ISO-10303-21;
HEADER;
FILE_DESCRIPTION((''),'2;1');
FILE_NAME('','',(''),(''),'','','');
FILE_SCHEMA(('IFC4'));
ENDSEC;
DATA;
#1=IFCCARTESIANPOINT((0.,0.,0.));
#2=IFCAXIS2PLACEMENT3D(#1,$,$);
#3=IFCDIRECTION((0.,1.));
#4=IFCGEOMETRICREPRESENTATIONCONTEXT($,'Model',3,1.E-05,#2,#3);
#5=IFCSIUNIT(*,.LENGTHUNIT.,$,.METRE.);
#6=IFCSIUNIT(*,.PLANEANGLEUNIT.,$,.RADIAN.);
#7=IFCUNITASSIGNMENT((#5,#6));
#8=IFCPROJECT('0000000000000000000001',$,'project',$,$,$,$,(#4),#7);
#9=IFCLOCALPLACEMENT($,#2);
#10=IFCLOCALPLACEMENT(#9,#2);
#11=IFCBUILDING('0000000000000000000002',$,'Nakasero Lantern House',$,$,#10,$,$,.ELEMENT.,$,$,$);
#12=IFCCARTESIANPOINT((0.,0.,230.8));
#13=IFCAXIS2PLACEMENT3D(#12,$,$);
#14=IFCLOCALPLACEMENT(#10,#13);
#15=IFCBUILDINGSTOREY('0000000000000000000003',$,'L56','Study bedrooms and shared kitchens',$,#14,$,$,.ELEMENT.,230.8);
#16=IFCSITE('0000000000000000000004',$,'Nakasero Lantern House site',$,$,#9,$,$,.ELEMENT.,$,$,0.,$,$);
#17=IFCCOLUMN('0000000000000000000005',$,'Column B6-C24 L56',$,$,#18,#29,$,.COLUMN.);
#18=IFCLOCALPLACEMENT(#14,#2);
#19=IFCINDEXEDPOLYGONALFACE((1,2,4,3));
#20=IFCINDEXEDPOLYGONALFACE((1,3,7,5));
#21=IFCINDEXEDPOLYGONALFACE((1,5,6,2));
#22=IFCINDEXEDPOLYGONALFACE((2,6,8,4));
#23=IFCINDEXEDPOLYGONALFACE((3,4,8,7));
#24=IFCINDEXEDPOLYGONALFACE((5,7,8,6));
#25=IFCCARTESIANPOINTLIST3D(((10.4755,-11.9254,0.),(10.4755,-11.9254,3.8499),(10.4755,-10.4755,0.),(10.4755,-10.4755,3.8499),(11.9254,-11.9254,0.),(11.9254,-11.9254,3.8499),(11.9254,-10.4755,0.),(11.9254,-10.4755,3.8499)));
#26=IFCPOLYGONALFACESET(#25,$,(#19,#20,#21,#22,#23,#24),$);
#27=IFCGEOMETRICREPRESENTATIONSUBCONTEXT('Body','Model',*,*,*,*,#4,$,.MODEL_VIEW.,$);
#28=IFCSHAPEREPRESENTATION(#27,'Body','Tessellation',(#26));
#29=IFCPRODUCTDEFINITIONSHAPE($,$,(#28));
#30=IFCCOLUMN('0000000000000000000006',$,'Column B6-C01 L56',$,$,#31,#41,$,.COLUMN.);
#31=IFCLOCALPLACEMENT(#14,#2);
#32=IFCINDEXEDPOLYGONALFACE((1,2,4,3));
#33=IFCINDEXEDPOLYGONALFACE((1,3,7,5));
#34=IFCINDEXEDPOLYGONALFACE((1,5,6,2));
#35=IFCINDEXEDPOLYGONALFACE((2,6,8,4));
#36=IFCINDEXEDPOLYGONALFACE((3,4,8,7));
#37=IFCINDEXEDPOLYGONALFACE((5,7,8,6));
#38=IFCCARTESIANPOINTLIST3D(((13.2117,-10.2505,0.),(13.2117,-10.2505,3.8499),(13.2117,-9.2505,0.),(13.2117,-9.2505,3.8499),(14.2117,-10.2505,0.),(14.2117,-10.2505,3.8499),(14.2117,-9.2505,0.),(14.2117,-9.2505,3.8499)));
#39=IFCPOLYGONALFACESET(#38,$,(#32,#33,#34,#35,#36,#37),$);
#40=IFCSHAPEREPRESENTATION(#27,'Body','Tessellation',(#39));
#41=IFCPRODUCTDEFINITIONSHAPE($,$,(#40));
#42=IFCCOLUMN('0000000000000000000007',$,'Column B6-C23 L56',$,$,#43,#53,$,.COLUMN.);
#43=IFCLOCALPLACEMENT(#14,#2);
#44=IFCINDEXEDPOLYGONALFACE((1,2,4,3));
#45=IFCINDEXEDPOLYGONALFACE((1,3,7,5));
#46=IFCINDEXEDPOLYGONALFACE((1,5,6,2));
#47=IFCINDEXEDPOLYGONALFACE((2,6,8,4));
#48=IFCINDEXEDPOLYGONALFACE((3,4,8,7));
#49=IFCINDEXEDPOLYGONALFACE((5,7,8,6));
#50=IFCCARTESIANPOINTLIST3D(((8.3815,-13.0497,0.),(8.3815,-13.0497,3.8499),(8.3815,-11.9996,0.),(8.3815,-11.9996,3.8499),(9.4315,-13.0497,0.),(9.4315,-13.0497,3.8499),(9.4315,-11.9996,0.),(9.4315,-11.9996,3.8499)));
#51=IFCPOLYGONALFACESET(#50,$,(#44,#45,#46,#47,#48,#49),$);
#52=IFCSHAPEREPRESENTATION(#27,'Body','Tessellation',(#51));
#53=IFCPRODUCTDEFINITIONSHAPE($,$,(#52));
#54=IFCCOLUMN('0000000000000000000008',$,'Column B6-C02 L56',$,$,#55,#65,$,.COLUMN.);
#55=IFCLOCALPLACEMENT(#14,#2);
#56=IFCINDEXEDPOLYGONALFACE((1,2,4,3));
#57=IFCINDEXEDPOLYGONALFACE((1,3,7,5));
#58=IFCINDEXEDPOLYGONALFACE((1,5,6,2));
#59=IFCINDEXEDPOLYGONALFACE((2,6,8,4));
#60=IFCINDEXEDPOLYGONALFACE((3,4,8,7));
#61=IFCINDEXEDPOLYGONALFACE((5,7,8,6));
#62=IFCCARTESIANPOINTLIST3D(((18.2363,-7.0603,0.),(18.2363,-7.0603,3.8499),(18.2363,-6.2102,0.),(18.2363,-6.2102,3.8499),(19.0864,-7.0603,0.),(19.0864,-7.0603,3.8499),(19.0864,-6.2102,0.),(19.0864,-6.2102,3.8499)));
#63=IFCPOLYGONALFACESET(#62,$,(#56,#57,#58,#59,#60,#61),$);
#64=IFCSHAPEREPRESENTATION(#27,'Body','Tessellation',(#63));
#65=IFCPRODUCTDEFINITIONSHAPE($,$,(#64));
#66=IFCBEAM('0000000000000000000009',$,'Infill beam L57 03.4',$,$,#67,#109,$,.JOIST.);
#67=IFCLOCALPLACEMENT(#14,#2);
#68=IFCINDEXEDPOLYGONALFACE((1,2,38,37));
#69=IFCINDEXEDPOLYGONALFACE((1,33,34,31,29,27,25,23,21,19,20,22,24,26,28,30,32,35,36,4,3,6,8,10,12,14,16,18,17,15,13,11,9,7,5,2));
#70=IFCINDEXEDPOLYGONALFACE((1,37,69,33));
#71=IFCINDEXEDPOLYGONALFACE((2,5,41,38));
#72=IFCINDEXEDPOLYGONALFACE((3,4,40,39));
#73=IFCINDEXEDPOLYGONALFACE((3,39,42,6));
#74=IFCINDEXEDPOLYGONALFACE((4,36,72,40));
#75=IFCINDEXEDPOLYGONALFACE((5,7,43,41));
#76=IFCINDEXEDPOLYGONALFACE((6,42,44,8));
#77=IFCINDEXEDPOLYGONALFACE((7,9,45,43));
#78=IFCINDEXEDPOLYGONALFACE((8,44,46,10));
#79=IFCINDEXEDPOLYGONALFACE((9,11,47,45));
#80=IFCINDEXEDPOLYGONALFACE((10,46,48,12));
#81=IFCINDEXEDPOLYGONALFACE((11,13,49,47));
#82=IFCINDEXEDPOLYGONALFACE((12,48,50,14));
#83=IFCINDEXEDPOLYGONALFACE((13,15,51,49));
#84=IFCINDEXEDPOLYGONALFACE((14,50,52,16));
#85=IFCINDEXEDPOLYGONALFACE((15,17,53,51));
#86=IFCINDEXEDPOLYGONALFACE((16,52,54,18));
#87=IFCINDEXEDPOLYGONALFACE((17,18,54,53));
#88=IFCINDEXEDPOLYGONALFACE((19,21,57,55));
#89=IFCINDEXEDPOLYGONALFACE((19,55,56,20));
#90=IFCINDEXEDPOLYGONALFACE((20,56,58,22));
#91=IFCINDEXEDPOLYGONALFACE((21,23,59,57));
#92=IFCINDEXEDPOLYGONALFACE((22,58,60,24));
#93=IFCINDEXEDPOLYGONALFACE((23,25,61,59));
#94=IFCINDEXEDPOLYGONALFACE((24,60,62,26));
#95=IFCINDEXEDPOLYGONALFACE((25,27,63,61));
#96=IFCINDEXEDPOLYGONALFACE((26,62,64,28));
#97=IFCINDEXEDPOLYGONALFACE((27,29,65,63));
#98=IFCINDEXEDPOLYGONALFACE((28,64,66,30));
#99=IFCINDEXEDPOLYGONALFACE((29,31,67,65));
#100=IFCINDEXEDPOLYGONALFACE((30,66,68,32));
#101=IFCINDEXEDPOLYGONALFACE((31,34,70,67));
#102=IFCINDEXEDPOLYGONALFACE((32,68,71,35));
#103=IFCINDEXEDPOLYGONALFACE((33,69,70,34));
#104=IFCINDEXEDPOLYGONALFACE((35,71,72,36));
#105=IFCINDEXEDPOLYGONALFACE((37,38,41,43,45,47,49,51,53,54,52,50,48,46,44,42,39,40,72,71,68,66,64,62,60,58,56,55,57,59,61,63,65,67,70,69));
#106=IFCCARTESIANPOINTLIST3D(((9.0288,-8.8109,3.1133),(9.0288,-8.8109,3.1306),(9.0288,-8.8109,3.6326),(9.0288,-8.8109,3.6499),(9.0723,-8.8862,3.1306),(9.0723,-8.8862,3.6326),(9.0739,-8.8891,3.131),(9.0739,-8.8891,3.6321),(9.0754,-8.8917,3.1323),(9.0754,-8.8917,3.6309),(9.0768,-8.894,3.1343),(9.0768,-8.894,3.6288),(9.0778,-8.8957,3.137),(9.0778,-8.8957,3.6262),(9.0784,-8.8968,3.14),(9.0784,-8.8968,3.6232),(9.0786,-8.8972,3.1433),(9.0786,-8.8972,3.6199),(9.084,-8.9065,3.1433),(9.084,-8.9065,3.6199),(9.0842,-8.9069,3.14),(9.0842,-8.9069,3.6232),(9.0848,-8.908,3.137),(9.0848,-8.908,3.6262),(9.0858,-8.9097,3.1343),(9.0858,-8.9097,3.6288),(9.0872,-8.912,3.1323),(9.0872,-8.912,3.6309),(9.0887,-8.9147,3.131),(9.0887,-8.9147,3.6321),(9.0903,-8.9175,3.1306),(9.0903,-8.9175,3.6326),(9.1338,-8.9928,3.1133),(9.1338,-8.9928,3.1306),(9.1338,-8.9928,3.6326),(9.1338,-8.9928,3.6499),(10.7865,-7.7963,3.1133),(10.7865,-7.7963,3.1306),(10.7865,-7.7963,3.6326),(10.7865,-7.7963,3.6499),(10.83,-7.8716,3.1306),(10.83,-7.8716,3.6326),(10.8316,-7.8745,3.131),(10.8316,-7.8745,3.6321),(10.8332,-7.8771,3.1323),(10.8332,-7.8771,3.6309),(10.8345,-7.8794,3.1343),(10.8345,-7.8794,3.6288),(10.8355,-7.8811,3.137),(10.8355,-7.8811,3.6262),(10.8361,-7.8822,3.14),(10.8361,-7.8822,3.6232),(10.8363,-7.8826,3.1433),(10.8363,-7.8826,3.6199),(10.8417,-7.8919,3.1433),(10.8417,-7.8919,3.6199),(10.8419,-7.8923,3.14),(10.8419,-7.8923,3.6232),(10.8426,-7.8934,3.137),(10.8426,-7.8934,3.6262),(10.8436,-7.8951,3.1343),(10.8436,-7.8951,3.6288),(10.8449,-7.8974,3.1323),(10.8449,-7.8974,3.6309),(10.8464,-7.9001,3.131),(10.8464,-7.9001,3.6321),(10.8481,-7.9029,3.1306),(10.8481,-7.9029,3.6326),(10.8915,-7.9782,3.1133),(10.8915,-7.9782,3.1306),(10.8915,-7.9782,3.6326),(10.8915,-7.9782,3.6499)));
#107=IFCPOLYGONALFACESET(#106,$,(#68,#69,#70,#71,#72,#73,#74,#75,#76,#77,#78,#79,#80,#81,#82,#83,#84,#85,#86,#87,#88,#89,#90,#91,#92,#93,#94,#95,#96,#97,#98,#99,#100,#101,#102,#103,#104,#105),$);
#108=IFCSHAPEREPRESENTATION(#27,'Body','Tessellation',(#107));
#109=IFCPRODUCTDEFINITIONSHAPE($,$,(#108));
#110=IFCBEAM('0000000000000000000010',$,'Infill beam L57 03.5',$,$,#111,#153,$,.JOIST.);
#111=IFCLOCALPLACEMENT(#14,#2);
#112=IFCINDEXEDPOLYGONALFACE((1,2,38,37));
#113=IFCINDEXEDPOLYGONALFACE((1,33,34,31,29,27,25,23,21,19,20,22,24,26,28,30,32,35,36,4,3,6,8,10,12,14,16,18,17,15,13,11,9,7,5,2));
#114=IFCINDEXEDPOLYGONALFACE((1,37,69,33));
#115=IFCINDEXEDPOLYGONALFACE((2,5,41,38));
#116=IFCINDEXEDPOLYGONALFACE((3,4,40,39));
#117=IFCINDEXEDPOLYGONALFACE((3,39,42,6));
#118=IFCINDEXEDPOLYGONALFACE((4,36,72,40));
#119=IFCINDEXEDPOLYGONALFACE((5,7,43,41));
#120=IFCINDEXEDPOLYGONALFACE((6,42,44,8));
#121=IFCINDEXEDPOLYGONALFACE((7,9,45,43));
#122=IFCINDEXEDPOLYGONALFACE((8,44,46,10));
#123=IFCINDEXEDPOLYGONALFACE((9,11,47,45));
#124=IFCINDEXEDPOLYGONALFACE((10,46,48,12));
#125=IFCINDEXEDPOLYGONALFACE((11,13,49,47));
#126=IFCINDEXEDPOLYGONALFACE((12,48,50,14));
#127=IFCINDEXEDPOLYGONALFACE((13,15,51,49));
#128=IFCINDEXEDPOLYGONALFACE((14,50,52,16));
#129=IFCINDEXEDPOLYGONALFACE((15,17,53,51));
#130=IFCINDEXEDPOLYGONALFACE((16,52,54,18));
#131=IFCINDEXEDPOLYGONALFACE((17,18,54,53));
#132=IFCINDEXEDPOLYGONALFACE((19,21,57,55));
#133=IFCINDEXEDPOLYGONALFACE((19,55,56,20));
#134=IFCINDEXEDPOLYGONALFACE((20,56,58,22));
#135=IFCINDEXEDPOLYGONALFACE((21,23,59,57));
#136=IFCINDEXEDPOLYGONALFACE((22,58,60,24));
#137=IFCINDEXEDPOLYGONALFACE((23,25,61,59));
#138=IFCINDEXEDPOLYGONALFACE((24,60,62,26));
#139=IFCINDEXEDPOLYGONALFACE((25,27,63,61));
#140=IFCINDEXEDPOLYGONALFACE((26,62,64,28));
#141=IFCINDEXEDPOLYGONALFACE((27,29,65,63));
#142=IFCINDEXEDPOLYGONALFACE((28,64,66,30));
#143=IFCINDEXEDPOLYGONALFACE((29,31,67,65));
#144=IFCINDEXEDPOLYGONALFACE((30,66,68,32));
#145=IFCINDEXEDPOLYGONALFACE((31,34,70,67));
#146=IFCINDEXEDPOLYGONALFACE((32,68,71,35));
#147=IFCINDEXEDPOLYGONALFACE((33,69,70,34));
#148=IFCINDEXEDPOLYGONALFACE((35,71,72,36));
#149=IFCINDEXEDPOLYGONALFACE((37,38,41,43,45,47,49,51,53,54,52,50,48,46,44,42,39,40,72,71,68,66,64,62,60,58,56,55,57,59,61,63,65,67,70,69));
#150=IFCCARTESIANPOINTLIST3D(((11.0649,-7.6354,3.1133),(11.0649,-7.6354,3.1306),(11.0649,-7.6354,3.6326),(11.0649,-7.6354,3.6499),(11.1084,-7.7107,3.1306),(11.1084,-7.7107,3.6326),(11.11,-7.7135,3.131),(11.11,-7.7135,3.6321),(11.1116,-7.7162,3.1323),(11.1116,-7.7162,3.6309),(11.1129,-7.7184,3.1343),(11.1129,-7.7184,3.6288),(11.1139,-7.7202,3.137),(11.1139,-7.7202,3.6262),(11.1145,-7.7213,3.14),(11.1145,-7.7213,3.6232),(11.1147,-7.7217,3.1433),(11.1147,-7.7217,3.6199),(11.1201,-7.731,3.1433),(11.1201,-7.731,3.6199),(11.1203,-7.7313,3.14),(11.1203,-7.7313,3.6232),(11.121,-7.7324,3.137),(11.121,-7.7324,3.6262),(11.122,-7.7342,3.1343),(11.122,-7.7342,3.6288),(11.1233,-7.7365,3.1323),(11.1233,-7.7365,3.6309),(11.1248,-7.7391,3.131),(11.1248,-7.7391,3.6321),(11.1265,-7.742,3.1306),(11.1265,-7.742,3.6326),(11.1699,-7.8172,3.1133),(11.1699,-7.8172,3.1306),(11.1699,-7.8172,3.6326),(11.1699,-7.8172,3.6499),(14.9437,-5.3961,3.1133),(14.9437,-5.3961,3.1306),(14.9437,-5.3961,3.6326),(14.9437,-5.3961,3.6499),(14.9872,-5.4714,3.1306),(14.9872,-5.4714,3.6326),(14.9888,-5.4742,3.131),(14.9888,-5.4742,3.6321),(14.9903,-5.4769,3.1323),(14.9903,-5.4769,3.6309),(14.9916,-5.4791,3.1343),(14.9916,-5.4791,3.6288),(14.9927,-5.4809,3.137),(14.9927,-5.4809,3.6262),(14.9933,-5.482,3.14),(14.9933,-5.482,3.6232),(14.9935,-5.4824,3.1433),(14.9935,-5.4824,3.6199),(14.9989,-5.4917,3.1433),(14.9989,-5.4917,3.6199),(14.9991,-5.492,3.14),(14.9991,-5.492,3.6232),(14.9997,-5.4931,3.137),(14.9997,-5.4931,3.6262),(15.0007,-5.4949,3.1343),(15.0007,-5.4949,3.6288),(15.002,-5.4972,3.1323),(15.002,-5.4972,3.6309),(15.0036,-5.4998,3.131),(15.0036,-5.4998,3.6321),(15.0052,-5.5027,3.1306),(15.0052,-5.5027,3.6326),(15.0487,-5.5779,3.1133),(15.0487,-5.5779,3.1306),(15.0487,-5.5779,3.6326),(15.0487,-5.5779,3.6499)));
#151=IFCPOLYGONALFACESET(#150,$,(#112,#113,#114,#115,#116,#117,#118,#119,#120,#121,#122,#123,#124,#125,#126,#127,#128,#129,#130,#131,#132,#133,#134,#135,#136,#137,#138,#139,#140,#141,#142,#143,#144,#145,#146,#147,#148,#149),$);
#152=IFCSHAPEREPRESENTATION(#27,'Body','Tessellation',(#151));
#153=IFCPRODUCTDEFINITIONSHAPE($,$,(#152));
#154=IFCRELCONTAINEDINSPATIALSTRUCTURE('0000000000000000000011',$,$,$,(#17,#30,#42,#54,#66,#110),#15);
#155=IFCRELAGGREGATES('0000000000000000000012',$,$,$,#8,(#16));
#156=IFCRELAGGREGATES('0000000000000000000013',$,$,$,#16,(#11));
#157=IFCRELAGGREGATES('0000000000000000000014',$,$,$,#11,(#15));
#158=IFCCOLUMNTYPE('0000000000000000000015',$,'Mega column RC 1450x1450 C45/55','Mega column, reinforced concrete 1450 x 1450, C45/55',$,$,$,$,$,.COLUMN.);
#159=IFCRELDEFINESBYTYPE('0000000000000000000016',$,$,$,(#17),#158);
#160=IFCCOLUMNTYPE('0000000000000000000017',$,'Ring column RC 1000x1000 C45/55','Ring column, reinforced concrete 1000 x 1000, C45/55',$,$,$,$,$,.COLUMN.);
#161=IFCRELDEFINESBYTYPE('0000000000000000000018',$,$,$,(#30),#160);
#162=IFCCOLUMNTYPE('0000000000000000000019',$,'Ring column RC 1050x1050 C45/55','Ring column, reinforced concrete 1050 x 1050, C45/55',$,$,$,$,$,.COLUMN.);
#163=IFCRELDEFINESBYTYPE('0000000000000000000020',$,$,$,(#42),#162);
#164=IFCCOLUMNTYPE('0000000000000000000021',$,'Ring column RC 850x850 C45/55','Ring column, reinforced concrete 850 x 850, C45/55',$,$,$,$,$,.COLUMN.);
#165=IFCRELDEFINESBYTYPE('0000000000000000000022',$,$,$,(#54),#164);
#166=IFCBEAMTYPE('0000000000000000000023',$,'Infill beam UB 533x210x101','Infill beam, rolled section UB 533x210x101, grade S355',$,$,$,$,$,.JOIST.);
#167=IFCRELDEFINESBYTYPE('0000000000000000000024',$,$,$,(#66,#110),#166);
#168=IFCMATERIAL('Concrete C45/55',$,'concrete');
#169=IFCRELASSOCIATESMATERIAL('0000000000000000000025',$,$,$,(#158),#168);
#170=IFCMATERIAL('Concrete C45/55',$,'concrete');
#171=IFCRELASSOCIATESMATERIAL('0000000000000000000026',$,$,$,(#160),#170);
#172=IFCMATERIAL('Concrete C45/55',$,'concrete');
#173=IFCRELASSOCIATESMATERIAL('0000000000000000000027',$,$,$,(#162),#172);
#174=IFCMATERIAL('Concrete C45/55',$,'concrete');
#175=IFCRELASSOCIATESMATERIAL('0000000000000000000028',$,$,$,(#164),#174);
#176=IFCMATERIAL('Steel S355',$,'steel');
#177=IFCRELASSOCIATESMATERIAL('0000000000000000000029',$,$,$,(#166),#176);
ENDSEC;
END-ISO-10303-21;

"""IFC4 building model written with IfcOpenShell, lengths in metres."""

from ifc_helpers import new_model, si_unit, direction, frame, origin, origin_2d, place, context, subcontext, project, spatial, rectangle, i_section, extrude, material, material_profile, profile_set, type_object, element, save


model = new_model("IFC4")

# Units and contexts
model_context = context("Model", 3, precision=1e-05, world=origin(), true_north=direction((0.0, 1.0)))
body_context = subcontext(model_context, "Body", "Model", "MODEL_VIEW")
ifc_project = project(units=[si_unit("LENGTHUNIT", "METRE"), si_unit("PLANEANGLEUNIT", "RADIAN")], contexts=[model_context])

# Site, building, storey
site_placement = place(None, origin())
site = spatial("IfcSite", under=ifc_project, at=site_placement, Name="Nakasero Lantern House site", CompositionType="ELEMENT", RefElevation=0.0)
building_placement = place(site_placement, origin())
building = spatial("IfcBuilding", under=site, at=building_placement, Name="Nakasero Lantern House", CompositionType="ELEMENT")
storey_placement = place(building_placement, frame((0.0, 0.0, 230.8)))
storey = spatial("IfcBuildingStorey", under=building, at=storey_placement, Name="L56", Description="Study bedrooms and shared kitchens", CompositionType="ELEMENT", Elevation=230.8)

# Columns
ifc_material_1 = material(Name="Concrete C45/55", Category="concrete")
ifc_material_profile_1 = material_profile(ifc_material_1, rectangle(XDim=1.45, YDim=1.45, at=origin_2d()), Name="RC 1450x1450")
ifc_profile_set_1 = profile_set([ifc_material_profile_1], Name="Concrete C45/55")
column_type_1 = type_object("IfcColumnType", Name="Mega column RC 1450x1450 C45/55", Description="Mega column, reinforced concrete 1450 x 1450, C45/55", PredefinedType="COLUMN", material=ifc_profile_set_1)
column_1_placement = place(storey_placement, frame((11.2004, -11.2004, 0.0), z_axis=(0.0, 0.0, 1.0), x_axis=(1.0, 0.0, 0.0)))
element("IfcColumn", 1, at=column_1_placement, inside=storey, type_object=column_type_1, Name="Column B6-C24 L56", PredefinedType="COLUMN", context=body_context, shape_type="SweptSolid", body=[
    extrude(rectangle(XDim=1.45, YDim=1.45, at=origin_2d()), origin(), (0.0, 0.0, 1.0), 3.8499),
])
ifc_material_2 = material(Name="Concrete C45/55", Category="concrete")
ifc_material_profile_2 = material_profile(ifc_material_2, rectangle(XDim=1.0, YDim=1.0, at=origin_2d()), Name="RC 1000x1000")
ifc_profile_set_2 = profile_set([ifc_material_profile_2], Name="Concrete C45/55")
column_type_2 = type_object("IfcColumnType", Name="Ring column RC 1000x1000 C45/55", Description="Ring column, reinforced concrete 1000 x 1000, C45/55", PredefinedType="COLUMN", material=ifc_profile_set_2)
column_2_placement = place(storey_placement, frame((13.7117, -9.7505, 0.0), z_axis=(0.0, 0.0, 1.0), x_axis=(1.0, 0.0, 0.0)))
element("IfcColumn", 2, at=column_2_placement, inside=storey, type_object=column_type_2, Name="Column B6-C01 L56", PredefinedType="COLUMN", context=body_context, shape_type="SweptSolid", body=[
    extrude(rectangle(XDim=1.0, YDim=1.0, at=origin_2d()), origin(), (0.0, 0.0, 1.0), 3.8499),
])
ifc_material_3 = material(Name="Concrete C45/55", Category="concrete")
ifc_material_profile_3 = material_profile(ifc_material_3, rectangle(XDim=1.05, YDim=1.05, at=origin_2d()), Name="RC 1050x1050")
ifc_profile_set_3 = profile_set([ifc_material_profile_3], Name="Concrete C45/55")
column_type_3 = type_object("IfcColumnType", Name="Ring column RC 1050x1050 C45/55", Description="Ring column, reinforced concrete 1050 x 1050, C45/55", PredefinedType="COLUMN", material=ifc_profile_set_3)
column_3_placement = place(storey_placement, frame((8.9065, -12.5247, 0.0), z_axis=(0.0, 0.0, 1.0), x_axis=(1.0, 0.0, 0.0)))
element("IfcColumn", 3, at=column_3_placement, inside=storey, type_object=column_type_3, Name="Column B6-C23 L56", PredefinedType="COLUMN", context=body_context, shape_type="SweptSolid", body=[
    extrude(rectangle(XDim=1.05, YDim=1.05, at=origin_2d()), origin(), (0.0, 0.0, 1.0), 3.8499),
])
ifc_material_4 = material(Name="Concrete C45/55", Category="concrete")
ifc_material_profile_4 = material_profile(ifc_material_4, rectangle(XDim=0.8501, YDim=0.8501, at=origin_2d()), Name="RC 850x850")
ifc_profile_set_4 = profile_set([ifc_material_profile_4], Name="Concrete C45/55")
column_type_4 = type_object("IfcColumnType", Name="Ring column RC 850x850 C45/55", Description="Ring column, reinforced concrete 850 x 850, C45/55", PredefinedType="COLUMN", material=ifc_profile_set_4)
column_4_placement = place(storey_placement, frame((18.6614, -6.6353, 0.0), z_axis=(0.0, 0.0, 1.0), x_axis=(1.0, 0.0, 0.0)))
element("IfcColumn", 4, at=column_4_placement, inside=storey, type_object=column_type_4, Name="Column B6-C02 L56", PredefinedType="COLUMN", context=body_context, shape_type="SweptSolid", body=[
    extrude(rectangle(XDim=0.8501, YDim=0.8501, at=origin_2d()), origin(), (0.0, 0.0, 1.0), 3.8499),
])

# Beams
ifc_material_5 = material(Name="Steel S355", Category="steel")
ifc_material_profile_5 = material_profile(ifc_material_5, i_section(OverallWidth=0.21, OverallDepth=0.5366, WebThickness=0.0107, FlangeThickness=0.0173, FilletRadius=0.0127, at=origin_2d()), Name="UB 533x210x101")
ifc_profile_set_5 = profile_set([ifc_material_profile_5], Name="Steel S355")
beam_type_1 = type_object("IfcBeamType", Name="Infill beam UB 533x210x101", Description="Infill beam, rolled section UB 533x210x101, grade S355", PredefinedType="JOIST", material=ifc_profile_set_5)
beam_1_placement = place(storey_placement, frame((9.0813, -8.9019, 3.3816), z_axis=(0.866073, 0.499917, 0.0), x_axis=(-0.499917, 0.866073, 0.0)))
element("IfcBeam", 5, at=beam_1_placement, inside=storey, type_object=beam_type_1, Name="Infill beam L57 03.4", PredefinedType="JOIST", context=body_context, shape_type="SweptSolid", body=[
    extrude(i_section(OverallWidth=0.21, OverallDepth=0.5366, WebThickness=0.0107, FlangeThickness=0.0173, FilletRadius=0.0127, at=origin_2d()), origin(), (0.0, 0.0, 1.0), 2.0295),
])
beam_2_placement = place(storey_placement, frame((11.1174, -7.7263, 3.3816), z_axis=(0.866034, 0.499985, 0.0), x_axis=(-0.499985, 0.866034, 0.0)))
element("IfcBeam", 6, at=beam_2_placement, inside=storey, type_object=beam_type_1, Name="Infill beam L57 03.5", PredefinedType="JOIST", context=body_context, shape_type="SweptSolid", body=[
    extrude(i_section(OverallWidth=0.21, OverallDepth=0.5366, WebThickness=0.0107, FlangeThickness=0.0173, FilletRadius=0.0127, at=origin_2d()), origin(), (0.0, 0.0, 1.0), 4.4788),
])

save(model, "model.ifc")
